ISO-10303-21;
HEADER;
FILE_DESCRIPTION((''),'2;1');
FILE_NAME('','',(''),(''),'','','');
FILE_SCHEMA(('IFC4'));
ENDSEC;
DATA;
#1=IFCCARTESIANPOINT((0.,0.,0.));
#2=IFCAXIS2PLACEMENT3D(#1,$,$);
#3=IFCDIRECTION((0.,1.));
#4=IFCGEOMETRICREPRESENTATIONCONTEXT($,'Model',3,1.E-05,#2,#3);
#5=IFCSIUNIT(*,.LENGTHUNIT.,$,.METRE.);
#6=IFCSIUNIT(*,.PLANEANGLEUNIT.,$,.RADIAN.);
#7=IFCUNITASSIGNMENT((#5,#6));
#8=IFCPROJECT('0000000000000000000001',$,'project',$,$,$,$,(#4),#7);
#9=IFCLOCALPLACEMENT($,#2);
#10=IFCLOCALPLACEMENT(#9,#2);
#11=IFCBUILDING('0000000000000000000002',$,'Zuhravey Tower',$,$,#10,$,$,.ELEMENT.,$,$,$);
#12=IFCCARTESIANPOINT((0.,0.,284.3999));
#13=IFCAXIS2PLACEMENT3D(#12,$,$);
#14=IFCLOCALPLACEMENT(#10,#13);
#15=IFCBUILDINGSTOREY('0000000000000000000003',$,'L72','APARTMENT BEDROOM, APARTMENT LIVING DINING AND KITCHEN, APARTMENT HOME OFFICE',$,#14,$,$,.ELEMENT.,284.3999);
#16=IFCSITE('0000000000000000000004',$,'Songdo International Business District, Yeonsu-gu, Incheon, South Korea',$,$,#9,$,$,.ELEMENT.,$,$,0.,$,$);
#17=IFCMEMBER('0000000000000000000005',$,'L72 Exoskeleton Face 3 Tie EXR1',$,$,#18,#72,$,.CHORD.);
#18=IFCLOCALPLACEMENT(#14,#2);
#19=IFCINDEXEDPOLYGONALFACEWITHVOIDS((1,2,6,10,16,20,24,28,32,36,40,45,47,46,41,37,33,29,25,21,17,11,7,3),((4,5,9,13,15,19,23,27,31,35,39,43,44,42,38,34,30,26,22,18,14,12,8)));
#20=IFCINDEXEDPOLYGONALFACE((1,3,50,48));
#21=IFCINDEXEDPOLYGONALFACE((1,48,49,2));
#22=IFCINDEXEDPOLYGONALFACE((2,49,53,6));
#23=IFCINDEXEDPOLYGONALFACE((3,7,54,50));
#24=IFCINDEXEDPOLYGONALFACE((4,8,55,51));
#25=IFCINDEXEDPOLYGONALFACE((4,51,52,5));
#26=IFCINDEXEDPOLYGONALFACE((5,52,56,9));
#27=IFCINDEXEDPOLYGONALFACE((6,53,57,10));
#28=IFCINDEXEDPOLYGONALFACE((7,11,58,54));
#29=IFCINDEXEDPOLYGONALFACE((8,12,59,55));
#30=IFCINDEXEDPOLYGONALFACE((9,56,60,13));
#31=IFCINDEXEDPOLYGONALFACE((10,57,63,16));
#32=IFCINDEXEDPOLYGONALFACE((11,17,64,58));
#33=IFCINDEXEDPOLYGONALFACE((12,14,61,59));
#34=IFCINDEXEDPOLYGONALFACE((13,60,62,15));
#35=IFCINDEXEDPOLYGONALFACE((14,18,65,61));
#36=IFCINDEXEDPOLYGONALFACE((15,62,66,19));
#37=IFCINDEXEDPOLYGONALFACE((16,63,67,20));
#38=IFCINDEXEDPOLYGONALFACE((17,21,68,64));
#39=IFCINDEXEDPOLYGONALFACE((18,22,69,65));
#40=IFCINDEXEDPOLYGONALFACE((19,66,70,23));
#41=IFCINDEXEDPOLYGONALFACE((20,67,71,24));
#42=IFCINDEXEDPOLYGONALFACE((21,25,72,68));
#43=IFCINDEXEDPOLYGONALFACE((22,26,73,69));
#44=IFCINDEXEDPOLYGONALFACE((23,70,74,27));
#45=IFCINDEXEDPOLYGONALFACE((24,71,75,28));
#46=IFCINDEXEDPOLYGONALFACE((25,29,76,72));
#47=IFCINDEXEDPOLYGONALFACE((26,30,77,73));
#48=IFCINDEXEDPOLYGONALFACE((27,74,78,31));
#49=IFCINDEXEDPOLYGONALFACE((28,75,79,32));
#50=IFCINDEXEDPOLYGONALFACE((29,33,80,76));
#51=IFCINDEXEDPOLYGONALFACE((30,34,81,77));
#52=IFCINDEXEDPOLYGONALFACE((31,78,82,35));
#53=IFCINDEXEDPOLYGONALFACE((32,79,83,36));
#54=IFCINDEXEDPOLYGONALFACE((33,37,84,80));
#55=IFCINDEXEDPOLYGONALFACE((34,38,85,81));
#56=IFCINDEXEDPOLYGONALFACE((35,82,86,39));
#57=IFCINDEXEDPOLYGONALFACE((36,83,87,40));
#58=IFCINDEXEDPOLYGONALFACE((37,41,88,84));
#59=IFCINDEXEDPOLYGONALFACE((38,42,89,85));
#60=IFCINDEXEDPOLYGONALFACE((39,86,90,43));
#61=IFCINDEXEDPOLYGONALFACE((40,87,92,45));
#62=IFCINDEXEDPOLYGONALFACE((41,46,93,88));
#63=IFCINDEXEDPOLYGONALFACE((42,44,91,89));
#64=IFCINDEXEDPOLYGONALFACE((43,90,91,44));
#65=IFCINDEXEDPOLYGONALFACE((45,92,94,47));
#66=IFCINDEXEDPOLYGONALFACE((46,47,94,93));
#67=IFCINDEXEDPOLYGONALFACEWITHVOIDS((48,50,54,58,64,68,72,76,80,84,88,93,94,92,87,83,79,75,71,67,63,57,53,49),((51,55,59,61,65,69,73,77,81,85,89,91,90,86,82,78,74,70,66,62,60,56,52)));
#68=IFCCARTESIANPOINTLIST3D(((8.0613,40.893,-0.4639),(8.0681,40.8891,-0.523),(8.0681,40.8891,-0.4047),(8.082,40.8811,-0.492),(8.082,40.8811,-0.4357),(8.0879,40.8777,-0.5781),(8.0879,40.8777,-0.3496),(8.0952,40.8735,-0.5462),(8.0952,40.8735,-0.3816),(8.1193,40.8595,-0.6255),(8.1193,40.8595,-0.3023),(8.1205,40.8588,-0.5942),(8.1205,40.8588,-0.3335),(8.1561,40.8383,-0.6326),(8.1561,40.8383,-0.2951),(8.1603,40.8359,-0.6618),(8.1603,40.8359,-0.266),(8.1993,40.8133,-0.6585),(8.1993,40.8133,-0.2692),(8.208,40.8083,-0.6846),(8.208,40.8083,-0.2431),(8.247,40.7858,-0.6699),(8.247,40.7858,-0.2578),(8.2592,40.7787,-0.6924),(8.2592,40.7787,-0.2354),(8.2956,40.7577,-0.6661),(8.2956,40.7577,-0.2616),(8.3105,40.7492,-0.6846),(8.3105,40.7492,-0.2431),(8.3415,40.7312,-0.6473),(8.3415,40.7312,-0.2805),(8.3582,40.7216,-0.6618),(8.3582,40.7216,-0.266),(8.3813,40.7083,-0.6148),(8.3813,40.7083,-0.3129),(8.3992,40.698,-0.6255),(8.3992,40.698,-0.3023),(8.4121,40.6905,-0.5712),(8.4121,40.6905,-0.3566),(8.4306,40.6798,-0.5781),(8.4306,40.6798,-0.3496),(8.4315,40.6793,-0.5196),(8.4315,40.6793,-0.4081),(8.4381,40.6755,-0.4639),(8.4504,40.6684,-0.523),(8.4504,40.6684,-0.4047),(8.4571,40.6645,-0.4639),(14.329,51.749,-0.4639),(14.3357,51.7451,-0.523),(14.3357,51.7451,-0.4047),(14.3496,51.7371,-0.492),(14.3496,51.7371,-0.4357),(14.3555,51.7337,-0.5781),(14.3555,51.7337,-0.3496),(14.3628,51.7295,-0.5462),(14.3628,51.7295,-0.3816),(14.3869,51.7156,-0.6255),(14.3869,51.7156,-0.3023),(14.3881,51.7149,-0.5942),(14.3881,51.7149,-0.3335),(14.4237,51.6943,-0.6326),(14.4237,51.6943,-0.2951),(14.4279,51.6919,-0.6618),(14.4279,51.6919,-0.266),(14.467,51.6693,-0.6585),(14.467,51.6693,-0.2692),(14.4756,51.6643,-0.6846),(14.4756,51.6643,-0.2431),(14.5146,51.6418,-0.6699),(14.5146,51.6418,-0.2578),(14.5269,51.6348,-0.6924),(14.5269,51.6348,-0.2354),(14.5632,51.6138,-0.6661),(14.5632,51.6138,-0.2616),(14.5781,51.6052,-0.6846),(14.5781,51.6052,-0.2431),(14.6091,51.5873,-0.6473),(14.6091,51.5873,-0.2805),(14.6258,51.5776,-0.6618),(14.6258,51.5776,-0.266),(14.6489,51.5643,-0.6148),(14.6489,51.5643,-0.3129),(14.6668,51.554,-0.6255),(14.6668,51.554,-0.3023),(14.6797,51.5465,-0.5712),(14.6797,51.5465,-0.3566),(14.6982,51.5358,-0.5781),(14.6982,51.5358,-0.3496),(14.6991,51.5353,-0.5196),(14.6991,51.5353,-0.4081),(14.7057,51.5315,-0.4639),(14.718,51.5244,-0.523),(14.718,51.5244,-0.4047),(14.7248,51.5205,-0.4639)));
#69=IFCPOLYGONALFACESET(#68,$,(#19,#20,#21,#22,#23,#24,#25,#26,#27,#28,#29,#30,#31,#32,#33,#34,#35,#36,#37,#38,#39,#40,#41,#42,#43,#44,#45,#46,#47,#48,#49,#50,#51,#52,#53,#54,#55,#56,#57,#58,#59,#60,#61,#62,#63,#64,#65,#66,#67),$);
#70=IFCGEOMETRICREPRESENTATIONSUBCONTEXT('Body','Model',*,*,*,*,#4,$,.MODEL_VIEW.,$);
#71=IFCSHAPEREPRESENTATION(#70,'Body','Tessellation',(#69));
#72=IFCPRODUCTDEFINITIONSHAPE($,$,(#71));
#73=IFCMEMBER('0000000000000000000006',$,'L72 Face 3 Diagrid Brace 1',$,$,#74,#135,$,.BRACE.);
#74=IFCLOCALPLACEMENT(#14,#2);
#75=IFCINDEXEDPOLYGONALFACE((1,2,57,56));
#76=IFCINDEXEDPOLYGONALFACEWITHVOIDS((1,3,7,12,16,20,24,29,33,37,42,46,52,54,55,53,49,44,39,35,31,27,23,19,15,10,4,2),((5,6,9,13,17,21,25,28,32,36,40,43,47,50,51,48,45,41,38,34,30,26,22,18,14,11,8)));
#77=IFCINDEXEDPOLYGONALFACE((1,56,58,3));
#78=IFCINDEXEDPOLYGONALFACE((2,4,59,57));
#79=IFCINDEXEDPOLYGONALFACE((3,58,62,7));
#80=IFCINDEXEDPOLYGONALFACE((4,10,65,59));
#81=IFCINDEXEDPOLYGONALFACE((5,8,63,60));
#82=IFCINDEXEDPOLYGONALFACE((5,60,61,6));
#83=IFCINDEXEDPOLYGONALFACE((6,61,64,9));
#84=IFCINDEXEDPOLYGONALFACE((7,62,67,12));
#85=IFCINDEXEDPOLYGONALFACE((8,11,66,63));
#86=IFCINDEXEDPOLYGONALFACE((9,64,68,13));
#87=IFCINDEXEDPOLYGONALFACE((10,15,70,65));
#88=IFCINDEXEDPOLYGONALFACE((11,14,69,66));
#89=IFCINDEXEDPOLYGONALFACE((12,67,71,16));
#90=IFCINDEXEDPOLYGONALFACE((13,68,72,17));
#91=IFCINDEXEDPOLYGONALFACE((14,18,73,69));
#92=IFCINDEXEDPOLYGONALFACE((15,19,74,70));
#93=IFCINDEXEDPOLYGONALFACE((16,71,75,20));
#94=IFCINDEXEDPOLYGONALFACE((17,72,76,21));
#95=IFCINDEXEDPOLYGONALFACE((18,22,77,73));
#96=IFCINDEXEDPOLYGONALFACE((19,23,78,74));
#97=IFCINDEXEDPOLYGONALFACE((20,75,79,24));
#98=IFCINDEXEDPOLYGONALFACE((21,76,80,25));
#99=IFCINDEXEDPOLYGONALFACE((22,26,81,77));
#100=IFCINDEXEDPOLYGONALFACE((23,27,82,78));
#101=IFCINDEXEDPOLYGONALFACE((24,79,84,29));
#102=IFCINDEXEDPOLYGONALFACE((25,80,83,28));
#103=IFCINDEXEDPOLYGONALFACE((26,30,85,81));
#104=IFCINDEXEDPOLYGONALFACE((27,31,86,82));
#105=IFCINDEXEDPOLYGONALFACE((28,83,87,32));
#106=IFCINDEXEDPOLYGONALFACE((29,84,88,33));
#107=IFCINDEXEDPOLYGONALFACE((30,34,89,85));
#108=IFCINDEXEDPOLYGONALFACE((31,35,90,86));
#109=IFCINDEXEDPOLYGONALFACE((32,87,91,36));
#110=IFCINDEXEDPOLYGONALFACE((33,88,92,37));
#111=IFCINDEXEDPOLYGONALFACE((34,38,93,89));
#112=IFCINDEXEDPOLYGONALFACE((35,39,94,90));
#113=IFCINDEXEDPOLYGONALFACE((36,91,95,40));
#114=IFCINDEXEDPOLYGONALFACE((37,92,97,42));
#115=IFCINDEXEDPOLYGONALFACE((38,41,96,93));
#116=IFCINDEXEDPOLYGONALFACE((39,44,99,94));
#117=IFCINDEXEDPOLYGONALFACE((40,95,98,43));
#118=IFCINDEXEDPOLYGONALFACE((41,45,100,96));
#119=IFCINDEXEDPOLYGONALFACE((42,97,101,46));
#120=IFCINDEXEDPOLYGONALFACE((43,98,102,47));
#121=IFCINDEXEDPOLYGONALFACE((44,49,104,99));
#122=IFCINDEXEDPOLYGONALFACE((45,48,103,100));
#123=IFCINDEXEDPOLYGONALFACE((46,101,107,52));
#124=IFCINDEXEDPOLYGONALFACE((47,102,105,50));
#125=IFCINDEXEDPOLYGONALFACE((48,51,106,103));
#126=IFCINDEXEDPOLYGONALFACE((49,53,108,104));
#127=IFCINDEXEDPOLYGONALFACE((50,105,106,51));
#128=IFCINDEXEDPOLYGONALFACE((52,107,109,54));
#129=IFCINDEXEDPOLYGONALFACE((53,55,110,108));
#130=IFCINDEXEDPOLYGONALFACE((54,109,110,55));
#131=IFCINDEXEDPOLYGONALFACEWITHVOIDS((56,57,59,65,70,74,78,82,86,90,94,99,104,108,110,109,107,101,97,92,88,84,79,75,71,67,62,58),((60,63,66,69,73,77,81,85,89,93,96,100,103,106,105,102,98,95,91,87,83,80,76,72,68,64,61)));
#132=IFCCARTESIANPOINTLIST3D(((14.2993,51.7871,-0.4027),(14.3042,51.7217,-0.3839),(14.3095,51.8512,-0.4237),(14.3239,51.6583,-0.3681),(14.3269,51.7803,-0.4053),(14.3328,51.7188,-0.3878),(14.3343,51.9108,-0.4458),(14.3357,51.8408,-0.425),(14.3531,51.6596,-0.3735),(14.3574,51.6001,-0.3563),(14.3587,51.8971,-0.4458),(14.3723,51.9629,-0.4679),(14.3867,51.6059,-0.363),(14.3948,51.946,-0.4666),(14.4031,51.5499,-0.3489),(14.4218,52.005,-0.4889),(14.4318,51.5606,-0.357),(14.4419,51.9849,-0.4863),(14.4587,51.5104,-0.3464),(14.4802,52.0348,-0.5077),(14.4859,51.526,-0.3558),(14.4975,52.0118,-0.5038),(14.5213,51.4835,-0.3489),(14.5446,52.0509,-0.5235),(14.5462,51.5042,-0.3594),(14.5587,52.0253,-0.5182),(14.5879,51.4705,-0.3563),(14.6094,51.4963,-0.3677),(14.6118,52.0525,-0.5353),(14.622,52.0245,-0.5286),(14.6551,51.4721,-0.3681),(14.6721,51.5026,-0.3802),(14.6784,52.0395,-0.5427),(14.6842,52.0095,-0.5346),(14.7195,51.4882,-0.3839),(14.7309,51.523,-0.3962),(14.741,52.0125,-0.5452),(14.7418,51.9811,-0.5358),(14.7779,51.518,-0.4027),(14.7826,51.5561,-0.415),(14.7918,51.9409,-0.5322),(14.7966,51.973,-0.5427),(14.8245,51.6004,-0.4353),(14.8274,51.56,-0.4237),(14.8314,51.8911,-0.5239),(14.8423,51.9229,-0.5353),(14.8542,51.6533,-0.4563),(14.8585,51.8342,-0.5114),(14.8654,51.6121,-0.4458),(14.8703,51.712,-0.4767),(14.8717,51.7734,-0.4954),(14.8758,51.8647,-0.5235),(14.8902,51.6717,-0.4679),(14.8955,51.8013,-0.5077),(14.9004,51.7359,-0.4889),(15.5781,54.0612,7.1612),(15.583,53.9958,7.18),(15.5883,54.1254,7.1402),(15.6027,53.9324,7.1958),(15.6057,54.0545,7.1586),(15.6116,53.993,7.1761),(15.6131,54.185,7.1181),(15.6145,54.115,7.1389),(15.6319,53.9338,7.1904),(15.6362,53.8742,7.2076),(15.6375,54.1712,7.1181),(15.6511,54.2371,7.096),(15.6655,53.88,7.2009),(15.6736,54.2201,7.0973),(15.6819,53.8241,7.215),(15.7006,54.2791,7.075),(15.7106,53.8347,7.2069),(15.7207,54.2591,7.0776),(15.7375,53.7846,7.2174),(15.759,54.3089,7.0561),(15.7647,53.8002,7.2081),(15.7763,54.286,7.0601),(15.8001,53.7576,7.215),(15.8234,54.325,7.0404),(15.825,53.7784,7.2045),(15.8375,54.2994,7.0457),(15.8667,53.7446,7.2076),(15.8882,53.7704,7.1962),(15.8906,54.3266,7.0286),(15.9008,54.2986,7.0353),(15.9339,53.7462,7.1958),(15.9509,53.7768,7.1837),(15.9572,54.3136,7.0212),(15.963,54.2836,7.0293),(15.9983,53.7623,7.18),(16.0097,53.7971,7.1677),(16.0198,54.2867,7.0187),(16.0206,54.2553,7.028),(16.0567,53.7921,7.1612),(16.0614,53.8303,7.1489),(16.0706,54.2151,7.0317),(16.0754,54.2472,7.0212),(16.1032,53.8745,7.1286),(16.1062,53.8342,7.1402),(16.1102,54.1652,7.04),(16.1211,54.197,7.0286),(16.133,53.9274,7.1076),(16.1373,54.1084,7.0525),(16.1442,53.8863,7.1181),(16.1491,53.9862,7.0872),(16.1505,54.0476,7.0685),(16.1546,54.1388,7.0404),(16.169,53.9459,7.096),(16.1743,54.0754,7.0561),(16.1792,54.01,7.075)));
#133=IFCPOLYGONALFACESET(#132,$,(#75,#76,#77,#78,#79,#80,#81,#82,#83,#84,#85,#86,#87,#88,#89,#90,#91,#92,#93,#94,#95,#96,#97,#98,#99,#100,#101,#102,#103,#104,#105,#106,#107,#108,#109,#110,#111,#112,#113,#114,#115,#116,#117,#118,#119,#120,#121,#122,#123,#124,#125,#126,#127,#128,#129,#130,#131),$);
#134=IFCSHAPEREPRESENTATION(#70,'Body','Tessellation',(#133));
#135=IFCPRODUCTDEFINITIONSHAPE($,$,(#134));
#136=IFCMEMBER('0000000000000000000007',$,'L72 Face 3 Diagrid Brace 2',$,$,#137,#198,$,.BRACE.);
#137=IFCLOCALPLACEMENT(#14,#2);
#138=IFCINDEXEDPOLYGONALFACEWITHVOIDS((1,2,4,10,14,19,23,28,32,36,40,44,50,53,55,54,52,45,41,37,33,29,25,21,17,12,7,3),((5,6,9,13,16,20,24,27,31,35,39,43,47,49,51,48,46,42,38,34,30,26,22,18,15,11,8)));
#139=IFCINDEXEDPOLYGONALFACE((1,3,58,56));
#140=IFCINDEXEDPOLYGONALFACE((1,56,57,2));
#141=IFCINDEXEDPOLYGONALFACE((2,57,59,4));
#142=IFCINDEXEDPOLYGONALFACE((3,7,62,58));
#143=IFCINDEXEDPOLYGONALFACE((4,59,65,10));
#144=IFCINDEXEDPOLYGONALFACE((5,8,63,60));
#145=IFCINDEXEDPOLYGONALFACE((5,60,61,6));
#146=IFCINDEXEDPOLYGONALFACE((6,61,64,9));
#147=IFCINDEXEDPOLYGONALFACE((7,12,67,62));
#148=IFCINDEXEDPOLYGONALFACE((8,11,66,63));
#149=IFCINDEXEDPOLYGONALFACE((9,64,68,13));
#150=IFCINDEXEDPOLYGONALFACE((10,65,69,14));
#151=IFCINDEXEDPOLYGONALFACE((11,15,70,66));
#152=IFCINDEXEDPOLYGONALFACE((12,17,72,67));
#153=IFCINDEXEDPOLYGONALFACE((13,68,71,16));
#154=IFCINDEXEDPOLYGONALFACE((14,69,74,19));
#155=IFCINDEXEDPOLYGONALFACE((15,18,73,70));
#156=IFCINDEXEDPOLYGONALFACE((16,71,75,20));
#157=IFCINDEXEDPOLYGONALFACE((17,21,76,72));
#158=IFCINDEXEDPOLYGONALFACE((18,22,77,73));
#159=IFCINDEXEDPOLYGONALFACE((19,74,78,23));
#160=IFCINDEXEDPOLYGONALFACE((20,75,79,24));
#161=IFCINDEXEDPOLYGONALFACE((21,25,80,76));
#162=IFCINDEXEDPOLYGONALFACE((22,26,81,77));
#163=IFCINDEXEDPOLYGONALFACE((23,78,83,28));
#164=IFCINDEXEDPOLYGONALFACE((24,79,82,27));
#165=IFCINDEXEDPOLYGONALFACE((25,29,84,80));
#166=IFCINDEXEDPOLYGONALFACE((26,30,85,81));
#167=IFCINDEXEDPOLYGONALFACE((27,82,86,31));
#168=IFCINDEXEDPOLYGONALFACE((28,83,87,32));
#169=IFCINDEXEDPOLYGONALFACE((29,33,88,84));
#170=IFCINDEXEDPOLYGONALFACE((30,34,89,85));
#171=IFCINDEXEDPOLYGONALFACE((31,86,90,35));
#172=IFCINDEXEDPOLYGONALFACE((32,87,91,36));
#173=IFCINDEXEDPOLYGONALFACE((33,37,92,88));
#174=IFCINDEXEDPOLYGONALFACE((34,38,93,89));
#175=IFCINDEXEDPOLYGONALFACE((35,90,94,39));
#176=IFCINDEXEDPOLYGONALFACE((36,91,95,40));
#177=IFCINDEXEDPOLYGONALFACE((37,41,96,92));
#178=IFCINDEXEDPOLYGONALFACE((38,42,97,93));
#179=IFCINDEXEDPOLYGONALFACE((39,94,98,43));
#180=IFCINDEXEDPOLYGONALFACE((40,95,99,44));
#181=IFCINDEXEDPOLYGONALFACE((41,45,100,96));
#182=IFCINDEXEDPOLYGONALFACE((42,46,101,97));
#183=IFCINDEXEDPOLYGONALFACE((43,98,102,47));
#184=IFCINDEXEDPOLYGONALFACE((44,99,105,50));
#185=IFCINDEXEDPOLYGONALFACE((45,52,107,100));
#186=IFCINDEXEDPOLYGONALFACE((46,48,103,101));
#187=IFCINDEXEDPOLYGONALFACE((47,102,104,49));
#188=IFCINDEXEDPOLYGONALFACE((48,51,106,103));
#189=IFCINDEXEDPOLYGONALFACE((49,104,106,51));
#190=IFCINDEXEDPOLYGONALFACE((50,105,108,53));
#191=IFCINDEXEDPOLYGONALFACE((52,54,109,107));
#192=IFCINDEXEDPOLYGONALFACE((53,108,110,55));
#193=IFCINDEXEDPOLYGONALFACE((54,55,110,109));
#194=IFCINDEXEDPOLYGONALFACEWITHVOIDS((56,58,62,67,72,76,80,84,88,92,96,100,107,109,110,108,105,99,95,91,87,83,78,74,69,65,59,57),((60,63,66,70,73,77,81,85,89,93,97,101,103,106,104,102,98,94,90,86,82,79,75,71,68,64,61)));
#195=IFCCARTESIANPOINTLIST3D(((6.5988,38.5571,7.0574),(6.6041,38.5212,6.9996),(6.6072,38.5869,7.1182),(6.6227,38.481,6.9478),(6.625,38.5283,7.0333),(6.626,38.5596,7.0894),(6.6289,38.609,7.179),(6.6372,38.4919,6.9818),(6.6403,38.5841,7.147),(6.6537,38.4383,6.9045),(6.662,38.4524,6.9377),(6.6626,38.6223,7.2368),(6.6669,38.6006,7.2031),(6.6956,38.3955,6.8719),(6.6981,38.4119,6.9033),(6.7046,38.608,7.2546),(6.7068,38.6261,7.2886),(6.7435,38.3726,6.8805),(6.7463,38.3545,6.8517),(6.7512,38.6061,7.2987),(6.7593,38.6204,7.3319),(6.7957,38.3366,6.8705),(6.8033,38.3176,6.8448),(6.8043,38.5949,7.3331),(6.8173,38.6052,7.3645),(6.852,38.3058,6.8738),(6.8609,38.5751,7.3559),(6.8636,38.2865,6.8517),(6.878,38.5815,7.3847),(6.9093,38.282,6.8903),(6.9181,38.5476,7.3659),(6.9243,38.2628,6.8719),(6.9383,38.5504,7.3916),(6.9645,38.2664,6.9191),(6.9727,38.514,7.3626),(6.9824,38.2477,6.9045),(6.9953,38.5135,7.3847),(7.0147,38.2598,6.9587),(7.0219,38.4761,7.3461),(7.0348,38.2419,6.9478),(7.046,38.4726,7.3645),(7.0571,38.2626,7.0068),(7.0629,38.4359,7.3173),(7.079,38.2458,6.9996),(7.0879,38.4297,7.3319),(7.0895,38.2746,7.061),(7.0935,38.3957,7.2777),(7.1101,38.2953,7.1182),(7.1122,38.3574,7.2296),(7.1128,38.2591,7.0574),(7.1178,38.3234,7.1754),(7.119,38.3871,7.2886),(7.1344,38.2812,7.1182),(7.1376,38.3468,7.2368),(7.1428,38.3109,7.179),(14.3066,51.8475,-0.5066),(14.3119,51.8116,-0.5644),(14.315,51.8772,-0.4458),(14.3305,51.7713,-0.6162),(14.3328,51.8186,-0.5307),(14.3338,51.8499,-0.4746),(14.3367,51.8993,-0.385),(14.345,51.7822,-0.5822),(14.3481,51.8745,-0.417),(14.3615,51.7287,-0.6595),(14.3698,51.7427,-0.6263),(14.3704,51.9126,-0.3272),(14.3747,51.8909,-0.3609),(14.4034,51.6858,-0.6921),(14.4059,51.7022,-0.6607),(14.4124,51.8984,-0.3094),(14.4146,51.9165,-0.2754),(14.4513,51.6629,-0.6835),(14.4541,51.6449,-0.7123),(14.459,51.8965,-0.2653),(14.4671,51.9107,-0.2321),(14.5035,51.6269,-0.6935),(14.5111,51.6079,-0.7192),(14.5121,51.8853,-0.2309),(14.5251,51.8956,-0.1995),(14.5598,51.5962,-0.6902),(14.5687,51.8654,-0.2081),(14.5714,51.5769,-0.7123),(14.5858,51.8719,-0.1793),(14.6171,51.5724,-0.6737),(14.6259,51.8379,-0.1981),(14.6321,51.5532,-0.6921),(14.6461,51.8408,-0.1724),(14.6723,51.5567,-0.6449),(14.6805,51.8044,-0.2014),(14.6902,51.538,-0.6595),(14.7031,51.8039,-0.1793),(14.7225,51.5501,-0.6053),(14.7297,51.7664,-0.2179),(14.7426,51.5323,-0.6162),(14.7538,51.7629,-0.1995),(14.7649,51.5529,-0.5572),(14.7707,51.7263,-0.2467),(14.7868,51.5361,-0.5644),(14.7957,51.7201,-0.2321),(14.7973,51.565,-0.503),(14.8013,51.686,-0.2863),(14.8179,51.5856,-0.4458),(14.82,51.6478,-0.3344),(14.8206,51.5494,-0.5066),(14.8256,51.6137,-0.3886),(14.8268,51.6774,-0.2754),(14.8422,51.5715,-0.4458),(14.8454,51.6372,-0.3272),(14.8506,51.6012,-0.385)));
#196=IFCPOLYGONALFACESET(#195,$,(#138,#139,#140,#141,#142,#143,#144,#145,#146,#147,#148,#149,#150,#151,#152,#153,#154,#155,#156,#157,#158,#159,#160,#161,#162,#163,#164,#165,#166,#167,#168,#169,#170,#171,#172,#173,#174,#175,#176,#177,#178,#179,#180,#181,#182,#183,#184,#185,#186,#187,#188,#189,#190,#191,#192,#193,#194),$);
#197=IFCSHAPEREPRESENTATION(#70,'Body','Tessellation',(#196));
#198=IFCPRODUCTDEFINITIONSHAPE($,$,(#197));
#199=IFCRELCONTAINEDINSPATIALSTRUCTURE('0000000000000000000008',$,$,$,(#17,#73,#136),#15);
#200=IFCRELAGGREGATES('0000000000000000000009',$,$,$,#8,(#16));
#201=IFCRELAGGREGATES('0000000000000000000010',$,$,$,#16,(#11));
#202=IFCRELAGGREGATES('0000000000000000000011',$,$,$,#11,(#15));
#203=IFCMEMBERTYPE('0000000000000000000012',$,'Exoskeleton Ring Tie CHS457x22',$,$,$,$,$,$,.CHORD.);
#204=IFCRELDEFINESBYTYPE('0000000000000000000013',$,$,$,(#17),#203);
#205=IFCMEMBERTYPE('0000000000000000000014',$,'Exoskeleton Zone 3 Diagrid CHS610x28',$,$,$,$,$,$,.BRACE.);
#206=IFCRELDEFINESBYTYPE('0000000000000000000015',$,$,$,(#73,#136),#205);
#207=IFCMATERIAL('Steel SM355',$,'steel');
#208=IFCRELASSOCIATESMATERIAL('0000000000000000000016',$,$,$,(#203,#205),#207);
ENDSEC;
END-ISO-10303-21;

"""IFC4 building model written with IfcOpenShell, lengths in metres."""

from ifc_helpers import new_model, si_unit, direction, frame, origin, origin_2d, place, context, subcontext, project, spatial, hollow_circle, extrude, material, material_profile, profile_set, type_object, element, save


model = new_model("IFC4")

# Units and contexts
model_context = context("Model", 3, precision=1e-05, world=origin(), true_north=direction((0.0, 1.0)))
body_context = subcontext(model_context, "Body", "Model", "MODEL_VIEW")
ifc_project = project(units=[si_unit("LENGTHUNIT", "METRE"), si_unit("PLANEANGLEUNIT", "RADIAN")], contexts=[model_context])

# Site, building, storey
site_placement = place(None, origin())
site = spatial("IfcSite", under=ifc_project, at=site_placement, Name="Songdo International Business District, Yeonsu-gu, Incheon, South Korea", CompositionType="ELEMENT", RefElevation=0.0)
building_placement = place(site_placement, origin())
building = spatial("IfcBuilding", under=site, at=building_placement, Name="Zuhravey Tower", CompositionType="ELEMENT")
storey_placement = place(building_placement, frame((0.0, 0.0, 284.3999)))
storey = spatial("IfcBuildingStorey", under=building, at=storey_placement, Name="L72", Description="APARTMENT BEDROOM, APARTMENT LIVING DINING AND KITCHEN, APARTMENT HOME OFFICE", CompositionType="ELEMENT", Elevation=284.3999)

# Members
ifc_material_1 = material(Name="Steel SM355", Category="steel")
ifc_material_profile_1 = material_profile(ifc_material_1, hollow_circle(Radius=0.2285, WallThickness=0.022, at=origin_2d()), Name="CHS-457.2x22")
ifc_profile_set_1 = profile_set([ifc_material_profile_1], Name="Steel SM355")
member_type_1 = type_object("IfcMemberType", Name="Exoskeleton Ring Tie CHS457x22", PredefinedType="CHORD", material=ifc_profile_set_1)
member_1_placement = place(storey_placement, frame((14.5269, 51.6348, -0.4639), z_axis=(-0.499993, -0.866029, 0.0), x_axis=(0.866029, -0.499993, 0.0)))
element("IfcMember", 1, at=member_1_placement, inside=storey, type_object=member_type_1, Name="L72 Exoskeleton Face 3 Tie EXR1", PredefinedType="CHORD", context=body_context, shape_type="SweptSolid", body=[
    extrude(hollow_circle(Radius=0.2285, WallThickness=0.022, at=origin_2d()), origin(), (0.0, 0.0, 1.0), 12.5354),
])
ifc_material_profile_2 = material_profile(ifc_material_1, hollow_circle(Radius=0.3047, WallThickness=0.0281, at=origin_2d()), Name="CHS-609.6x28")
ifc_profile_set_2 = profile_set([ifc_material_profile_2], Name="Steel SM355")
member_type_2 = type_object("IfcMemberType", Name="Exoskeleton Zone 3 Diagrid CHS610x28", PredefinedType="BRACE", material=ifc_profile_set_2)
member_2_placement = place(storey_placement, frame((14.5999, 51.7615, -0.4458), z_axis=(0.159825, 0.284225, 0.945342), x_axis=(-0.871643, 0.490141, 0.0)))
element("IfcMember", 2, at=member_2_placement, inside=storey, type_object=member_type_2, Name="L72 Face 3 Diagrid Brace 1", PredefinedType="BRACE", context=body_context, shape_type="SweptSolid", body=[
    extrude(hollow_circle(Radius=0.3047, WallThickness=0.0281, at=origin_2d()), origin(), (0.0, 0.0, 1.0), 8.0012),
])
member_3_placement = place(storey_placement, frame((14.5786, 51.7244, -0.4458), z_axis=(-0.450097, -0.776089, 0.4417), x_axis=(0.865048, -0.501689, 0.0)))
element("IfcMember", 3, at=member_3_placement, inside=storey, type_object=member_type_2, Name="L72 Face 3 Diagrid Brace 2", PredefinedType="BRACE", context=body_context, shape_type="SweptSolid", body=[
    extrude(hollow_circle(Radius=0.3047, WallThickness=0.0281, at=origin_2d()), origin(), (0.0, 0.0, 1.0), 17.1248),
])

save(model, "model.ifc")
